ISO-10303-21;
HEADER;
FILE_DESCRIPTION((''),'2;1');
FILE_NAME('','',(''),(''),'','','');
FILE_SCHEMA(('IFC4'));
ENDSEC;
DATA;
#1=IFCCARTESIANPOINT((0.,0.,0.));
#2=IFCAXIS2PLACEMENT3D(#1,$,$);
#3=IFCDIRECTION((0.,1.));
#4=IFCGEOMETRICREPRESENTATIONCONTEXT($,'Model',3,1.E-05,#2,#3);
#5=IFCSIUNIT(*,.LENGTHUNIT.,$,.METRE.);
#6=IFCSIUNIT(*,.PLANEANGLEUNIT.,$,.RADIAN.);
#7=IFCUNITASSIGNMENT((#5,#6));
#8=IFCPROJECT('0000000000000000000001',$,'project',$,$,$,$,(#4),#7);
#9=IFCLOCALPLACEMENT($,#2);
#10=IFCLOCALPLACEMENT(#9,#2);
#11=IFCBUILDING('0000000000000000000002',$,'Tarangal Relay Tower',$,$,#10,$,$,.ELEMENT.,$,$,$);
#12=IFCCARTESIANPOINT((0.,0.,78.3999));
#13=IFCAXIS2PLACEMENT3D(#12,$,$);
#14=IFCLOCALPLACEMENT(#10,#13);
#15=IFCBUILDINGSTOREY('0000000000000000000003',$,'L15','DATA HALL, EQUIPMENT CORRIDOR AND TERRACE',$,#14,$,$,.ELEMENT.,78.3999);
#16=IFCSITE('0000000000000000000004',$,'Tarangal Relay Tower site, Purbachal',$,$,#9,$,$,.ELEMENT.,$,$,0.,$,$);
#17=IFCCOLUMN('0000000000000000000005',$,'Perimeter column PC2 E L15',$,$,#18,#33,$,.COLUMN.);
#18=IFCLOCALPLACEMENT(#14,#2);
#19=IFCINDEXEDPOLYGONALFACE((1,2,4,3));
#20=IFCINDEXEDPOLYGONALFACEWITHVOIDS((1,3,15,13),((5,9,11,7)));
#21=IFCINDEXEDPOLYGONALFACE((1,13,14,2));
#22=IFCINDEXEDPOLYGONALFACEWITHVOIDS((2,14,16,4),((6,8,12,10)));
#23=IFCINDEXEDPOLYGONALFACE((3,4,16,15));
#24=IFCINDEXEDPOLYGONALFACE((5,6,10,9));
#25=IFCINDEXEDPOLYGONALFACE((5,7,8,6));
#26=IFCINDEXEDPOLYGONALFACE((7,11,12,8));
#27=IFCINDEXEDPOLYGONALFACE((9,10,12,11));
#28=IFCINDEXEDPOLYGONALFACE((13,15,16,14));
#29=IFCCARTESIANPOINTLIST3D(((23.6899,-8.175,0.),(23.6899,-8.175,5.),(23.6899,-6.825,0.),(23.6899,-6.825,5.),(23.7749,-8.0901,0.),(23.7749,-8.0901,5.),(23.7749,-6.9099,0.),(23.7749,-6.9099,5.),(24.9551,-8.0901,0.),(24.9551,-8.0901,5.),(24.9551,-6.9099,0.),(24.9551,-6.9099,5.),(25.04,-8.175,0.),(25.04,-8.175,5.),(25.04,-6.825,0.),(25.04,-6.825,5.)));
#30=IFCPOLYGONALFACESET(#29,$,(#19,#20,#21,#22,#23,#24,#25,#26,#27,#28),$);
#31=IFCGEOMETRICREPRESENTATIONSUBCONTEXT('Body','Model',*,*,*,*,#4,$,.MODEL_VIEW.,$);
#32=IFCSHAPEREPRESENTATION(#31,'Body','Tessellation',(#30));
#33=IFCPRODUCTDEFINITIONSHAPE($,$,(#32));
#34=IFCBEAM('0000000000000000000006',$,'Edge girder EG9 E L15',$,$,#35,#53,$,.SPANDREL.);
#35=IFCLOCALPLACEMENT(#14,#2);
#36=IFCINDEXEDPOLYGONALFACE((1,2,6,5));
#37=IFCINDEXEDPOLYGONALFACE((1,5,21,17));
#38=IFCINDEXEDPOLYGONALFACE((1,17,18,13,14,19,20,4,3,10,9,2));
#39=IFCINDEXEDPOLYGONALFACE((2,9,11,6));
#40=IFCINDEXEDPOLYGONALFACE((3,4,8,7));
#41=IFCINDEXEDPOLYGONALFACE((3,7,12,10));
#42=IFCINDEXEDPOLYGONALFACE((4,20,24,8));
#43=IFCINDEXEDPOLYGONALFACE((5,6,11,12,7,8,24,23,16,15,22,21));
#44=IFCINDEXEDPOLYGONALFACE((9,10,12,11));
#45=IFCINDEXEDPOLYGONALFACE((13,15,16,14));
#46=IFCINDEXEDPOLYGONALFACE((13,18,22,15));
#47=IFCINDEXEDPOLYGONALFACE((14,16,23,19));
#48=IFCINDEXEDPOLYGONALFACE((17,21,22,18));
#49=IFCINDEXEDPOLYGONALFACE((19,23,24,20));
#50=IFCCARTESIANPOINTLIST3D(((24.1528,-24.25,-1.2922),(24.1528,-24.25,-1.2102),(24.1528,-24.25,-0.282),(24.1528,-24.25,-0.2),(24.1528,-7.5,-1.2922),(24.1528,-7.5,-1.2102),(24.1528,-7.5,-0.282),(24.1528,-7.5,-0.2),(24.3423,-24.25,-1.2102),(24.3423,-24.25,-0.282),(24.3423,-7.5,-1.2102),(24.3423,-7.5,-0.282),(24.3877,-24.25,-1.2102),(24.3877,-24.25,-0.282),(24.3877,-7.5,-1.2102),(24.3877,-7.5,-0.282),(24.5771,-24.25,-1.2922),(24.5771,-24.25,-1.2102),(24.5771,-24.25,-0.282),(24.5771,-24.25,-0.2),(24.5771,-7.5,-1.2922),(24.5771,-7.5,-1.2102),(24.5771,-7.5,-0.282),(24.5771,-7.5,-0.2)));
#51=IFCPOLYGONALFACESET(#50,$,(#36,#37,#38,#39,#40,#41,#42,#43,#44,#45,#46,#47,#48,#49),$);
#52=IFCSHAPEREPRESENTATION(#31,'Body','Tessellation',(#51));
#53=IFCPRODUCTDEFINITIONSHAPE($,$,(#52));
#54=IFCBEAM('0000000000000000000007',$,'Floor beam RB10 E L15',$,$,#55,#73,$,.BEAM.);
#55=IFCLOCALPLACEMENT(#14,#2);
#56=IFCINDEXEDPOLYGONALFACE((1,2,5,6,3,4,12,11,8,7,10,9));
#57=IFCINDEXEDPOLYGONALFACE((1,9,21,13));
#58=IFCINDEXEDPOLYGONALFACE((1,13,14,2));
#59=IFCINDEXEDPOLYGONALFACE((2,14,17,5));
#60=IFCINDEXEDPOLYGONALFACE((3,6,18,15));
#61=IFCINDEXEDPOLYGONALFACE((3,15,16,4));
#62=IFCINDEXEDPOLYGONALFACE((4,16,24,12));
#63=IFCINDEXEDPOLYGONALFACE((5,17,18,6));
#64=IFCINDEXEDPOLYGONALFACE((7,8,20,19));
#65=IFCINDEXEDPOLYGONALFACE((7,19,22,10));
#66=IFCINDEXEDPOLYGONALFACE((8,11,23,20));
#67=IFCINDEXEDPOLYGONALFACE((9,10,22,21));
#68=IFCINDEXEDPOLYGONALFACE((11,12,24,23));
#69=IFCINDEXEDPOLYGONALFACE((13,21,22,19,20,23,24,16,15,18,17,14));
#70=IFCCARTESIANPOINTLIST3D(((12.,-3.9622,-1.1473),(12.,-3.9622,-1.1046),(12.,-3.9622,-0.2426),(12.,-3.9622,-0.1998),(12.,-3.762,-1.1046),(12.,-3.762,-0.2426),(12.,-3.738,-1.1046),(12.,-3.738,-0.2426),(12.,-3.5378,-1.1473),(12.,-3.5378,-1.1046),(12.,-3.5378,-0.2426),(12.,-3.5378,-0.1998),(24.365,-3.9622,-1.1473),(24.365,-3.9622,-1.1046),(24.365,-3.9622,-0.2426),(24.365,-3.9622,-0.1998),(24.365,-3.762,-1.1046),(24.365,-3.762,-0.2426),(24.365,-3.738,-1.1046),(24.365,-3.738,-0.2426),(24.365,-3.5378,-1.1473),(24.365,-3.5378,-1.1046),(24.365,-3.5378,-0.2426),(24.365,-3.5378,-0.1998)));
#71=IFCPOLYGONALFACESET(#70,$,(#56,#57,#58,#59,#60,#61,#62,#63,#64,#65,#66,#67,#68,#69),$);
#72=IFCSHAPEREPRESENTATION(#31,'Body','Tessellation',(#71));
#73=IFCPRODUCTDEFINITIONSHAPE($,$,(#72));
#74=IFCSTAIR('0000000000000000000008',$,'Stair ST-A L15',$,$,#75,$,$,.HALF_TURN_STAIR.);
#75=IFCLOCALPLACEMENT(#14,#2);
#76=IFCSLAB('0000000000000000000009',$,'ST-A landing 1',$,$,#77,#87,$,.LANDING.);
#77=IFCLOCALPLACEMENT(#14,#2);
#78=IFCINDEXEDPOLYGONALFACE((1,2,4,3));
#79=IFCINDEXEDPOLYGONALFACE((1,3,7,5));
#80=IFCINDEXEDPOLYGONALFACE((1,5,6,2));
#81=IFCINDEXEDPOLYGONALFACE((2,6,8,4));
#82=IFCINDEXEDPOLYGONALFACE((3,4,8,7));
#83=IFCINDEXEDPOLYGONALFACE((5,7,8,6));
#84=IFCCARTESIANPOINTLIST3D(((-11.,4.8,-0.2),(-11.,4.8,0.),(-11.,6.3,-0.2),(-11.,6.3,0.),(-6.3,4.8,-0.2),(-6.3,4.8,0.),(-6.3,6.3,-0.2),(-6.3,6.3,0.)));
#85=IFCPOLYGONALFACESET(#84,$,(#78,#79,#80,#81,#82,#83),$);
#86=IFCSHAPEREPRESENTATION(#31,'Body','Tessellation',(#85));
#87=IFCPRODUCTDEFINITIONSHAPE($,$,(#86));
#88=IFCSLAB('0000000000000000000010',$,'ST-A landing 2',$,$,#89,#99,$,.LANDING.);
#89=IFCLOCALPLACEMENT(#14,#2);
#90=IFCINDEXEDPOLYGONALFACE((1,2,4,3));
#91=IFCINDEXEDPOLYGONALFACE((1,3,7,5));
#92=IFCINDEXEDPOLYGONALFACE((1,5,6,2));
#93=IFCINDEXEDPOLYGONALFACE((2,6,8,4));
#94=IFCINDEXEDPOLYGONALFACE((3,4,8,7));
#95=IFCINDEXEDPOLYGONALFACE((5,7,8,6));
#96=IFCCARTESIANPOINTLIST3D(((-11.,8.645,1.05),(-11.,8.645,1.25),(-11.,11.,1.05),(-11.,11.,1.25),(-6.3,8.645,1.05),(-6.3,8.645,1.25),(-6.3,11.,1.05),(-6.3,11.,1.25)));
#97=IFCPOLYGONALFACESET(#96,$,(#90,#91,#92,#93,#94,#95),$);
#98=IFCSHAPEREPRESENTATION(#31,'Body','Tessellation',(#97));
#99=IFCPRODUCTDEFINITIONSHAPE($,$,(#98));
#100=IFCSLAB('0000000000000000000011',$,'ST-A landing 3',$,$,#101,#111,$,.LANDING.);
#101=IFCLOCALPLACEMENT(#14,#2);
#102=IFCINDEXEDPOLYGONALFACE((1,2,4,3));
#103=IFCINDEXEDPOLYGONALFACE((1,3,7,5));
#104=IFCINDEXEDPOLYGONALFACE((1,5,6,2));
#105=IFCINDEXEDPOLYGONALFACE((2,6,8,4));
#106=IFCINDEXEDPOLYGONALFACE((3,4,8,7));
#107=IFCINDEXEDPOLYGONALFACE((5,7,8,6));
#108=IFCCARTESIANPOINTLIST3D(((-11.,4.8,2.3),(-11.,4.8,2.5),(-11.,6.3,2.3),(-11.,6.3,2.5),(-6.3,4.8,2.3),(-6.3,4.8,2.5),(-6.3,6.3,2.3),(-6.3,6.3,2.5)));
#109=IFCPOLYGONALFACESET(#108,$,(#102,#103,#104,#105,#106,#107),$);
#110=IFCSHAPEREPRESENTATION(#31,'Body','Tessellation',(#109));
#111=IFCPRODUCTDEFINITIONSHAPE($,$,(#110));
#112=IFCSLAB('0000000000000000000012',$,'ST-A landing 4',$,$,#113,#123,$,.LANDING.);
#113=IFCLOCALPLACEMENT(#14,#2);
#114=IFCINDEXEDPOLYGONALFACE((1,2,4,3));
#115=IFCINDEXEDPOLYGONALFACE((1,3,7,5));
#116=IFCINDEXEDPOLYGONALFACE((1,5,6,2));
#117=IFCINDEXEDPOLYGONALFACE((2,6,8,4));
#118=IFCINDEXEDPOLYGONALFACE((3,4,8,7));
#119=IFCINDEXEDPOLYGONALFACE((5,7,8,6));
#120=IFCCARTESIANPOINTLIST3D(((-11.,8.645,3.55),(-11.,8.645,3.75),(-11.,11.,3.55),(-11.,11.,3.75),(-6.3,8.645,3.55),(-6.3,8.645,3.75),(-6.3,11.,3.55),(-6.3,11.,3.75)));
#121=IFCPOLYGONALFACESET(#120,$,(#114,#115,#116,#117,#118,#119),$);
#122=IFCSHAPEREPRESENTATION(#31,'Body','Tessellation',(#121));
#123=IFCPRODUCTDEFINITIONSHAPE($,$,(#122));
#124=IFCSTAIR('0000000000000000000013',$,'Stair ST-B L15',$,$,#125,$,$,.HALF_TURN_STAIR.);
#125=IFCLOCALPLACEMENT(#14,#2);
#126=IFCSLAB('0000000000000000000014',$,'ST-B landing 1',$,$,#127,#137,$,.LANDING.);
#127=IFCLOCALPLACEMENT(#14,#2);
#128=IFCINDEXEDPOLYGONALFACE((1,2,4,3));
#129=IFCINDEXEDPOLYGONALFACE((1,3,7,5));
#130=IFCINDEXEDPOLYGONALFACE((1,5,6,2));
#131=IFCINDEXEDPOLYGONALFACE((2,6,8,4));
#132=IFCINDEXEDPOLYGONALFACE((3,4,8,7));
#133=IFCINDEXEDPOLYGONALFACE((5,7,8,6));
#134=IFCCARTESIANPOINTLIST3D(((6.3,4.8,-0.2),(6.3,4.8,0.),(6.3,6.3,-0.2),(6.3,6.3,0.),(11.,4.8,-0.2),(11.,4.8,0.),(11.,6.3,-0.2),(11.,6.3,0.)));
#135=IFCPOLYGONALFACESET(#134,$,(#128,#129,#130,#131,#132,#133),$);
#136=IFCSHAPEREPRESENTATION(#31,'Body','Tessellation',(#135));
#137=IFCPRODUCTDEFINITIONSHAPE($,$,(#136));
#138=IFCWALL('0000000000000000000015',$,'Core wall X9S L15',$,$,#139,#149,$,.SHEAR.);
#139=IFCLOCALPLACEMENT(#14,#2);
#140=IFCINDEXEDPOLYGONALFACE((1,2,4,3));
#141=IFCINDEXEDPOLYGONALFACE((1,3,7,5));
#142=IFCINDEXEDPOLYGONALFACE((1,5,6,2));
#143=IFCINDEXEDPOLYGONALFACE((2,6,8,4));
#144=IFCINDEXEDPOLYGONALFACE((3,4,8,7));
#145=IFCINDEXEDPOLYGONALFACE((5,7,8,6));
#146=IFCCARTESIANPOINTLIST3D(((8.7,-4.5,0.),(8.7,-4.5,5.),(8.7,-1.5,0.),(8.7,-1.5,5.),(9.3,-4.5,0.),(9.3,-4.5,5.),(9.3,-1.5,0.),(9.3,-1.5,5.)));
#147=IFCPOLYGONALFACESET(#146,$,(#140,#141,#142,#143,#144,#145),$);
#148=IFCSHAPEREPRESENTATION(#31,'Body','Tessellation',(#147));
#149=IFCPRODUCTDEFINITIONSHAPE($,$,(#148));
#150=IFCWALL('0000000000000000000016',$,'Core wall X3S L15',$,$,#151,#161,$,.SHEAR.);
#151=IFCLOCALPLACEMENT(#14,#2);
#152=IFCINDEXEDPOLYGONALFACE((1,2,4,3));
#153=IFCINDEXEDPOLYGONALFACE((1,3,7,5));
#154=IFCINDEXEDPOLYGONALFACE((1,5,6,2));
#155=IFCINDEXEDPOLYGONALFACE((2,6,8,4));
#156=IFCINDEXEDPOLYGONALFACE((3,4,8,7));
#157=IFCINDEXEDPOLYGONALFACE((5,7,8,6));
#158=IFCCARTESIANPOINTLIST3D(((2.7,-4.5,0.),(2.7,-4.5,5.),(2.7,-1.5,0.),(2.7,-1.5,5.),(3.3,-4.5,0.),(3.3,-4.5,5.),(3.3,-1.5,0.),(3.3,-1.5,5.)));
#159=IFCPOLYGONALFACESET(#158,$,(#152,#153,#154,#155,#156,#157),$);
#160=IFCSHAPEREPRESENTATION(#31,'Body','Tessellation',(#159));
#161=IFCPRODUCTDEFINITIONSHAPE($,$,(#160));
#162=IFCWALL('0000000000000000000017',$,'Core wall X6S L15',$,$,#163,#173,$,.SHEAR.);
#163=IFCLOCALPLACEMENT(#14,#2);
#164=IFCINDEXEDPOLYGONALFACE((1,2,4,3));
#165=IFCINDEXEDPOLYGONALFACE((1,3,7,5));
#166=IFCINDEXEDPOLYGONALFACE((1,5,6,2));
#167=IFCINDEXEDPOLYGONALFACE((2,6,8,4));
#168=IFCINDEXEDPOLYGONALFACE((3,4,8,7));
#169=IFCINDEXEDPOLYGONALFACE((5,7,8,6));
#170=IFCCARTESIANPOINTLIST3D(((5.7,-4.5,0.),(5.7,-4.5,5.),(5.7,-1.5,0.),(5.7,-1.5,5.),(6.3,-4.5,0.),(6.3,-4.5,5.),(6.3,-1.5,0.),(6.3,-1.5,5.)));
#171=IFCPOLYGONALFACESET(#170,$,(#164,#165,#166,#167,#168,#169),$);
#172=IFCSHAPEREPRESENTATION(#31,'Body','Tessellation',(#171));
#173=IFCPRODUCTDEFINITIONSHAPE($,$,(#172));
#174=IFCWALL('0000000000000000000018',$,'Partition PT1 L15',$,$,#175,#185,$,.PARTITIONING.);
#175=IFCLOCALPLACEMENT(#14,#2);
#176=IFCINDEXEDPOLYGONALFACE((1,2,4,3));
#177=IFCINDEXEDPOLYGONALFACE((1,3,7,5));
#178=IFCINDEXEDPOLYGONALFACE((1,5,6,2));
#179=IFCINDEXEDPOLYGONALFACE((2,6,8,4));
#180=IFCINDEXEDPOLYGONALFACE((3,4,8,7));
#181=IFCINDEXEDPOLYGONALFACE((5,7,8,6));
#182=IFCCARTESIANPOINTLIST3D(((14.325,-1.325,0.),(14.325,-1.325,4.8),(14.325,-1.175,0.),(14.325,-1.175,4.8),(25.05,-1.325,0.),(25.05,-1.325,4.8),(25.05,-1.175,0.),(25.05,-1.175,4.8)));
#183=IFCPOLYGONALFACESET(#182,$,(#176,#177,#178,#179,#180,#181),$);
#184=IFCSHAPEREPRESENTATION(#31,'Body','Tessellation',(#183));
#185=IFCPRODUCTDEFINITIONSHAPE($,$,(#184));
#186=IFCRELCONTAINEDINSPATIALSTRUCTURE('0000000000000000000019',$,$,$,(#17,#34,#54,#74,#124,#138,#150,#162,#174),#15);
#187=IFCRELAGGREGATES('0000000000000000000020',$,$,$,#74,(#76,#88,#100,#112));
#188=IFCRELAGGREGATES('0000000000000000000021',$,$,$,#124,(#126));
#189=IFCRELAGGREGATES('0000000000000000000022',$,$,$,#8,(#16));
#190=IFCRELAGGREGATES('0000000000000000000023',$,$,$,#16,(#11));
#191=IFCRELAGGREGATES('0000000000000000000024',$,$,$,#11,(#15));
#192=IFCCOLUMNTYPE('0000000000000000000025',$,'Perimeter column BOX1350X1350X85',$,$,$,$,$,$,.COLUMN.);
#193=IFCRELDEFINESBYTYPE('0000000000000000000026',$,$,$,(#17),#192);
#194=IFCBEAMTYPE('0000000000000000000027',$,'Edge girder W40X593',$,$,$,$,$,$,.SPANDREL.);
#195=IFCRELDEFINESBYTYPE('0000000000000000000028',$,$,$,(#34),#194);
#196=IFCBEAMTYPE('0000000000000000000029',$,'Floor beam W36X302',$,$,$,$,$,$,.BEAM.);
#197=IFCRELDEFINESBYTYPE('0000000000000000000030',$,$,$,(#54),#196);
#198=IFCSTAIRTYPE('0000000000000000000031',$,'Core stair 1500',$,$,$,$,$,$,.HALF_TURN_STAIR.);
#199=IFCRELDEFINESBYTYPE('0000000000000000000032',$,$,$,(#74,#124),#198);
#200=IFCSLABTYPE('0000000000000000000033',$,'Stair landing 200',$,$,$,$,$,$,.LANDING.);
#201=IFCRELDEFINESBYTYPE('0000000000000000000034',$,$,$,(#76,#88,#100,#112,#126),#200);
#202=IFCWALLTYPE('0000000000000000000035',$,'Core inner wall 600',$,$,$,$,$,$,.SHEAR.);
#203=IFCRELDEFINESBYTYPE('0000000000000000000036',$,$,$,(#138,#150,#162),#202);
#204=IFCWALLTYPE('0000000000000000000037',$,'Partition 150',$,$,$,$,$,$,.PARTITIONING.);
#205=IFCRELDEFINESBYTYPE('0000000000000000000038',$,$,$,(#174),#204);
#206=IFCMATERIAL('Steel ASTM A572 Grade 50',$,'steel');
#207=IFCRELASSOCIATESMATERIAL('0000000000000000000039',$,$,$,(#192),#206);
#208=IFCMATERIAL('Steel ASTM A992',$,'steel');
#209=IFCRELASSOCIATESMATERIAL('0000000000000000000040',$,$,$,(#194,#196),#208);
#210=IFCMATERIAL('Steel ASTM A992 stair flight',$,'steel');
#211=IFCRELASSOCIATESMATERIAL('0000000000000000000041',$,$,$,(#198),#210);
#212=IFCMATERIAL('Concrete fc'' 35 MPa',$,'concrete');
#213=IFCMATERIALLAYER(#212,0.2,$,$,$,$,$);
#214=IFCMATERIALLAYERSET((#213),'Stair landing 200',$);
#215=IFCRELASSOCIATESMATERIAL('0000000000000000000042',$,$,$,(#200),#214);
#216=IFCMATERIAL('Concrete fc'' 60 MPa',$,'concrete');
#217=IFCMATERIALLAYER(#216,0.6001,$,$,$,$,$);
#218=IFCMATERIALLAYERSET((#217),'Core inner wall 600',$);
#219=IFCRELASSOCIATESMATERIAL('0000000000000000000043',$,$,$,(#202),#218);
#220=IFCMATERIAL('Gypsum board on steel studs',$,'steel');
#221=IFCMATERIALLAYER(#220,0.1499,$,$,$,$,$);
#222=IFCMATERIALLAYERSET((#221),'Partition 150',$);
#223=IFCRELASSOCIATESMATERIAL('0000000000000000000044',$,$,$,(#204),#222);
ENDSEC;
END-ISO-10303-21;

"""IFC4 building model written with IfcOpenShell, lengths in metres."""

from ifc_helpers import new_model, si_unit, direction, frame, frame_2d, origin, origin_2d, place, context, subcontext, project, spatial, polyline, rectangle, hollow_rectangle, i_section, outline, extrude, material, layer, layer_set, material_profile, profile_set, type_object, element, aggregate, save


model = new_model("IFC4")

# Units and contexts
model_context = context("Model", 3, precision=1e-05, world=origin(), true_north=direction((0.0, 1.0)))
body_context = subcontext(model_context, "Body", "Model", "MODEL_VIEW")
ifc_project = project(units=[si_unit("LENGTHUNIT", "METRE"), si_unit("PLANEANGLEUNIT", "RADIAN")], contexts=[model_context])

# Site, building, storey
site_placement = place(None, origin())
site = spatial("IfcSite", under=ifc_project, at=site_placement, Name="Tarangal Relay Tower site, Purbachal", CompositionType="ELEMENT", RefElevation=0.0)
building_placement = place(site_placement, origin())
building = spatial("IfcBuilding", under=site, at=building_placement, Name="Tarangal Relay Tower", CompositionType="ELEMENT")
storey_placement = place(building_placement, frame((0.0, 0.0, 78.3999)))
storey = spatial("IfcBuildingStorey", under=building, at=storey_placement, Name="L15", Description="DATA HALL, EQUIPMENT CORRIDOR AND TERRACE", CompositionType="ELEMENT", Elevation=78.3999)

# Column
ifc_material_1 = material(Name="Steel ASTM A572 Grade 50", Category="steel")
ifc_material_profile_1 = material_profile(ifc_material_1, hollow_rectangle(XDim=1.3501, YDim=1.3501, WallThickness=0.085, at=origin_2d()), Name="BOX1350X1350X85")
ifc_profile_set_1 = profile_set([ifc_material_profile_1], Name="Steel ASTM A572 Grade 50")
column_type = type_object("IfcColumnType", Name="Perimeter column BOX1350X1350X85", PredefinedType="COLUMN", material=ifc_profile_set_1)
column_placement = place(storey_placement, frame((24.365, -7.5, 0.0), z_axis=(0.0, 0.0, 1.0), x_axis=(1.0, 0.0, 0.0)))
element("IfcColumn", 1, at=column_placement, inside=storey, type_object=column_type, Name="Perimeter column PC2 E L15", PredefinedType="COLUMN", context=body_context, shape_type="SweptSolid", body=[
    extrude(hollow_rectangle(XDim=1.3501, YDim=1.3501, WallThickness=0.085, at=origin_2d()), origin(), (0.0, 0.0, 1.0), 5.0),
])

# Beams
ifc_material_2 = material(Name="Steel ASTM A992", Category="steel")
ifc_material_profile_2 = material_profile(ifc_material_2, i_section(OverallWidth=0.4243, OverallDepth=1.0923, WebThickness=0.0454, FlangeThickness=0.082, at=origin_2d()), Name="W40X593")
ifc_profile_set_2 = profile_set([ifc_material_profile_2], Name="Steel ASTM A992")
beam_type_1 = type_object("IfcBeamType", Name="Edge girder W40X593", PredefinedType="SPANDREL", material=ifc_profile_set_2)
beam_1_placement = place(storey_placement, frame((24.365, -7.5, -0.7461), z_axis=(0.0, -1.0, 0.0), x_axis=(1.0, 0.0, 0.0)))
element("IfcBeam", 2, at=beam_1_placement, inside=storey, type_object=beam_type_1, Name="Edge girder EG9 E L15", PredefinedType="SPANDREL", context=body_context, shape_type="SweptSolid", body=[
    extrude(i_section(OverallWidth=0.4243, OverallDepth=1.0923, WebThickness=0.0454, FlangeThickness=0.082, at=origin_2d()), origin(), (0.0, 0.0, 1.0), 16.75),
])
ifc_material_profile_3 = material_profile(ifc_material_2, i_section(OverallWidth=0.4243, OverallDepth=0.9475, WebThickness=0.0239, FlangeThickness=0.0427, at=origin_2d()), Name="W36X302")
ifc_profile_set_3 = profile_set([ifc_material_profile_3], Name="Steel ASTM A992")
beam_type_2 = type_object("IfcBeamType", Name="Floor beam W36X302", PredefinedType="BEAM", material=ifc_profile_set_3)
beam_2_placement = place(storey_placement, frame((12.0, -3.75, -0.6736), z_axis=(1.0, 0.0, 0.0), x_axis=(0.0, 1.0, 0.0)))
element("IfcBeam", 3, at=beam_2_placement, inside=storey, type_object=beam_type_2, Name="Floor beam RB10 E L15", PredefinedType="BEAM", context=body_context, shape_type="SweptSolid", body=[
    extrude(i_section(OverallWidth=0.4243, OverallDepth=0.9475, WebThickness=0.0239, FlangeThickness=0.0427, at=origin_2d()), origin(), (0.0, 0.0, 1.0), 12.365),
])

# Stair, slabs
ifc_material_3 = material(Name="Steel ASTM A992 stair flight", Category="steel")
stair_type = type_object("IfcStairType", Name="Core stair 1500", PredefinedType="HALF_TURN_STAIR", material=ifc_material_3)
stair_1_placement = place(storey_placement, origin())
stair_1 = element("IfcStair", 4, at=stair_1_placement, inside=storey, type_object=stair_type, Name="Stair ST-A L15", PredefinedType="HALF_TURN_STAIR")
ifc_material_4 = material(Name="Concrete fc' 35 MPa", Category="concrete")
ifc_layer_1 = layer(ifc_material_4, 0.2)
ifc_layer_set_1 = layer_set([ifc_layer_1], Name="Stair landing 200")
slab_type = type_object("IfcSlabType", Name="Stair landing 200", PredefinedType="LANDING", material=ifc_layer_set_1)
slab_1_placement = place(storey_placement, frame((0.0, 0.0, -0.2)))
slab_1 = element("IfcSlab", 5, at=slab_1_placement, type_object=slab_type, Name="ST-A landing 1", PredefinedType="LANDING", context=body_context, shape_type="SweptSolid", body=[
    extrude(outline(polyline([(-11.0, 4.8), (-6.3, 4.8), (-6.3, 6.3), (-11.0, 6.3), (-11.0, 4.8)])), origin(), (0.0, 0.0, 1.0), 0.2),
])
slab_2_placement = place(storey_placement, frame((0.0, 0.0, 1.05)))
slab_2 = element("IfcSlab", 6, at=slab_2_placement, type_object=slab_type, Name="ST-A landing 2", PredefinedType="LANDING", context=body_context, shape_type="SweptSolid", body=[
    extrude(outline(polyline([(-11.0, 8.645), (-6.3, 8.645), (-6.3, 11.0), (-11.0, 11.0), (-11.0, 8.645)])), origin(), (0.0, 0.0, 1.0), 0.2),
])
slab_3_placement = place(storey_placement, frame((0.0, 0.0, 2.3)))
slab_3 = element("IfcSlab", 7, at=slab_3_placement, type_object=slab_type, Name="ST-A landing 3", PredefinedType="LANDING", context=body_context, shape_type="SweptSolid", body=[
    extrude(outline(polyline([(-11.0, 4.8), (-6.3, 4.8), (-6.3, 6.3), (-11.0, 6.3), (-11.0, 4.8)])), origin(), (0.0, 0.0, 1.0), 0.2),
])
slab_4_placement = place(storey_placement, frame((0.0, 0.0, 3.55)))
slab_4 = element("IfcSlab", 8, at=slab_4_placement, type_object=slab_type, Name="ST-A landing 4", PredefinedType="LANDING", context=body_context, shape_type="SweptSolid", body=[
    extrude(outline(polyline([(-11.0, 8.645), (-6.3, 8.645), (-6.3, 11.0), (-11.0, 11.0), (-11.0, 8.645)])), origin(), (0.0, 0.0, 1.0), 0.2),
])
aggregate(stair_1, [slab_1, slab_2, slab_3, slab_4])

# Stair, slab
stair_2_placement = place(storey_placement, origin())
stair_2 = element("IfcStair", 9, at=stair_2_placement, inside=storey, type_object=stair_type, Name="Stair ST-B L15", PredefinedType="HALF_TURN_STAIR")
slab_5_placement = place(storey_placement, frame((0.0, 0.0, -0.2)))
slab_5 = element("IfcSlab", 10, at=slab_5_placement, type_object=slab_type, Name="ST-B landing 1", PredefinedType="LANDING", context=body_context, shape_type="SweptSolid", body=[
    extrude(outline(polyline([(6.3, 4.8), (11.0, 4.8), (11.0, 6.3), (6.3, 6.3), (6.3, 4.8)])), origin(), (0.0, 0.0, 1.0), 0.2),
])
aggregate(stair_2, [slab_5])

# Walls
ifc_material_5 = material(Name="Concrete fc' 60 MPa", Category="concrete")
ifc_layer_2 = layer(ifc_material_5, 0.6001)
ifc_layer_set_2 = layer_set([ifc_layer_2], Name="Core inner wall 600")
wall_type_1 = type_object("IfcWallType", Name="Core inner wall 600", PredefinedType="SHEAR", material=ifc_layer_set_2)
for number, where, z_axis, x_axis, name in (
    (11, (9.0, -4.5, 0.0), (0.0, 0.0, 1.0), (0.0, 1.0, 0.0), "Core wall X9S L15"),
    (12, (3.0, -4.5, 0.0), (0.0, 0.0, 1.0), (0.0, 1.0, 0.0), "Core wall X3S L15"),
    (13, (6.0, -4.5, 0.0), (0.0, 0.0, 1.0), (0.0, 1.0, 0.0), "Core wall X6S L15"),
):
    element("IfcWall", number, at=place(storey_placement, frame(where, z_axis=z_axis, x_axis=x_axis)), inside=storey, type_object=wall_type_1, Name=name, PredefinedType="SHEAR", context=body_context, shape_type="SweptSolid", body=[
        extrude(rectangle(XDim=3.0, YDim=0.6001, at=frame_2d((1.5, 0.0))), origin(), (0.0, 0.0, 1.0), 5.0),
    ])
ifc_material_6 = material(Name="Gypsum board on steel studs", Category="steel")
ifc_layer_3 = layer(ifc_material_6, 0.1499)
ifc_layer_set_3 = layer_set([ifc_layer_3], Name="Partition 150")
wall_type_2 = type_object("IfcWallType", Name="Partition 150", PredefinedType="PARTITIONING", material=ifc_layer_set_3)
wall_placement = place(storey_placement, frame((14.325, -1.25, 0.0), z_axis=(0.0, 0.0, 1.0), x_axis=(1.0, 0.0, 0.0)))
element("IfcWall", 14, at=wall_placement, inside=storey, type_object=wall_type_2, Name="Partition PT1 L15", PredefinedType="PARTITIONING", context=body_context, shape_type="SweptSolid", body=[
    extrude(rectangle(XDim=10.7251, YDim=0.1499, at=frame_2d((5.3625, 0.0))), origin(), (0.0, 0.0, 1.0), 4.8),
])

save(model, "model.ifc")
